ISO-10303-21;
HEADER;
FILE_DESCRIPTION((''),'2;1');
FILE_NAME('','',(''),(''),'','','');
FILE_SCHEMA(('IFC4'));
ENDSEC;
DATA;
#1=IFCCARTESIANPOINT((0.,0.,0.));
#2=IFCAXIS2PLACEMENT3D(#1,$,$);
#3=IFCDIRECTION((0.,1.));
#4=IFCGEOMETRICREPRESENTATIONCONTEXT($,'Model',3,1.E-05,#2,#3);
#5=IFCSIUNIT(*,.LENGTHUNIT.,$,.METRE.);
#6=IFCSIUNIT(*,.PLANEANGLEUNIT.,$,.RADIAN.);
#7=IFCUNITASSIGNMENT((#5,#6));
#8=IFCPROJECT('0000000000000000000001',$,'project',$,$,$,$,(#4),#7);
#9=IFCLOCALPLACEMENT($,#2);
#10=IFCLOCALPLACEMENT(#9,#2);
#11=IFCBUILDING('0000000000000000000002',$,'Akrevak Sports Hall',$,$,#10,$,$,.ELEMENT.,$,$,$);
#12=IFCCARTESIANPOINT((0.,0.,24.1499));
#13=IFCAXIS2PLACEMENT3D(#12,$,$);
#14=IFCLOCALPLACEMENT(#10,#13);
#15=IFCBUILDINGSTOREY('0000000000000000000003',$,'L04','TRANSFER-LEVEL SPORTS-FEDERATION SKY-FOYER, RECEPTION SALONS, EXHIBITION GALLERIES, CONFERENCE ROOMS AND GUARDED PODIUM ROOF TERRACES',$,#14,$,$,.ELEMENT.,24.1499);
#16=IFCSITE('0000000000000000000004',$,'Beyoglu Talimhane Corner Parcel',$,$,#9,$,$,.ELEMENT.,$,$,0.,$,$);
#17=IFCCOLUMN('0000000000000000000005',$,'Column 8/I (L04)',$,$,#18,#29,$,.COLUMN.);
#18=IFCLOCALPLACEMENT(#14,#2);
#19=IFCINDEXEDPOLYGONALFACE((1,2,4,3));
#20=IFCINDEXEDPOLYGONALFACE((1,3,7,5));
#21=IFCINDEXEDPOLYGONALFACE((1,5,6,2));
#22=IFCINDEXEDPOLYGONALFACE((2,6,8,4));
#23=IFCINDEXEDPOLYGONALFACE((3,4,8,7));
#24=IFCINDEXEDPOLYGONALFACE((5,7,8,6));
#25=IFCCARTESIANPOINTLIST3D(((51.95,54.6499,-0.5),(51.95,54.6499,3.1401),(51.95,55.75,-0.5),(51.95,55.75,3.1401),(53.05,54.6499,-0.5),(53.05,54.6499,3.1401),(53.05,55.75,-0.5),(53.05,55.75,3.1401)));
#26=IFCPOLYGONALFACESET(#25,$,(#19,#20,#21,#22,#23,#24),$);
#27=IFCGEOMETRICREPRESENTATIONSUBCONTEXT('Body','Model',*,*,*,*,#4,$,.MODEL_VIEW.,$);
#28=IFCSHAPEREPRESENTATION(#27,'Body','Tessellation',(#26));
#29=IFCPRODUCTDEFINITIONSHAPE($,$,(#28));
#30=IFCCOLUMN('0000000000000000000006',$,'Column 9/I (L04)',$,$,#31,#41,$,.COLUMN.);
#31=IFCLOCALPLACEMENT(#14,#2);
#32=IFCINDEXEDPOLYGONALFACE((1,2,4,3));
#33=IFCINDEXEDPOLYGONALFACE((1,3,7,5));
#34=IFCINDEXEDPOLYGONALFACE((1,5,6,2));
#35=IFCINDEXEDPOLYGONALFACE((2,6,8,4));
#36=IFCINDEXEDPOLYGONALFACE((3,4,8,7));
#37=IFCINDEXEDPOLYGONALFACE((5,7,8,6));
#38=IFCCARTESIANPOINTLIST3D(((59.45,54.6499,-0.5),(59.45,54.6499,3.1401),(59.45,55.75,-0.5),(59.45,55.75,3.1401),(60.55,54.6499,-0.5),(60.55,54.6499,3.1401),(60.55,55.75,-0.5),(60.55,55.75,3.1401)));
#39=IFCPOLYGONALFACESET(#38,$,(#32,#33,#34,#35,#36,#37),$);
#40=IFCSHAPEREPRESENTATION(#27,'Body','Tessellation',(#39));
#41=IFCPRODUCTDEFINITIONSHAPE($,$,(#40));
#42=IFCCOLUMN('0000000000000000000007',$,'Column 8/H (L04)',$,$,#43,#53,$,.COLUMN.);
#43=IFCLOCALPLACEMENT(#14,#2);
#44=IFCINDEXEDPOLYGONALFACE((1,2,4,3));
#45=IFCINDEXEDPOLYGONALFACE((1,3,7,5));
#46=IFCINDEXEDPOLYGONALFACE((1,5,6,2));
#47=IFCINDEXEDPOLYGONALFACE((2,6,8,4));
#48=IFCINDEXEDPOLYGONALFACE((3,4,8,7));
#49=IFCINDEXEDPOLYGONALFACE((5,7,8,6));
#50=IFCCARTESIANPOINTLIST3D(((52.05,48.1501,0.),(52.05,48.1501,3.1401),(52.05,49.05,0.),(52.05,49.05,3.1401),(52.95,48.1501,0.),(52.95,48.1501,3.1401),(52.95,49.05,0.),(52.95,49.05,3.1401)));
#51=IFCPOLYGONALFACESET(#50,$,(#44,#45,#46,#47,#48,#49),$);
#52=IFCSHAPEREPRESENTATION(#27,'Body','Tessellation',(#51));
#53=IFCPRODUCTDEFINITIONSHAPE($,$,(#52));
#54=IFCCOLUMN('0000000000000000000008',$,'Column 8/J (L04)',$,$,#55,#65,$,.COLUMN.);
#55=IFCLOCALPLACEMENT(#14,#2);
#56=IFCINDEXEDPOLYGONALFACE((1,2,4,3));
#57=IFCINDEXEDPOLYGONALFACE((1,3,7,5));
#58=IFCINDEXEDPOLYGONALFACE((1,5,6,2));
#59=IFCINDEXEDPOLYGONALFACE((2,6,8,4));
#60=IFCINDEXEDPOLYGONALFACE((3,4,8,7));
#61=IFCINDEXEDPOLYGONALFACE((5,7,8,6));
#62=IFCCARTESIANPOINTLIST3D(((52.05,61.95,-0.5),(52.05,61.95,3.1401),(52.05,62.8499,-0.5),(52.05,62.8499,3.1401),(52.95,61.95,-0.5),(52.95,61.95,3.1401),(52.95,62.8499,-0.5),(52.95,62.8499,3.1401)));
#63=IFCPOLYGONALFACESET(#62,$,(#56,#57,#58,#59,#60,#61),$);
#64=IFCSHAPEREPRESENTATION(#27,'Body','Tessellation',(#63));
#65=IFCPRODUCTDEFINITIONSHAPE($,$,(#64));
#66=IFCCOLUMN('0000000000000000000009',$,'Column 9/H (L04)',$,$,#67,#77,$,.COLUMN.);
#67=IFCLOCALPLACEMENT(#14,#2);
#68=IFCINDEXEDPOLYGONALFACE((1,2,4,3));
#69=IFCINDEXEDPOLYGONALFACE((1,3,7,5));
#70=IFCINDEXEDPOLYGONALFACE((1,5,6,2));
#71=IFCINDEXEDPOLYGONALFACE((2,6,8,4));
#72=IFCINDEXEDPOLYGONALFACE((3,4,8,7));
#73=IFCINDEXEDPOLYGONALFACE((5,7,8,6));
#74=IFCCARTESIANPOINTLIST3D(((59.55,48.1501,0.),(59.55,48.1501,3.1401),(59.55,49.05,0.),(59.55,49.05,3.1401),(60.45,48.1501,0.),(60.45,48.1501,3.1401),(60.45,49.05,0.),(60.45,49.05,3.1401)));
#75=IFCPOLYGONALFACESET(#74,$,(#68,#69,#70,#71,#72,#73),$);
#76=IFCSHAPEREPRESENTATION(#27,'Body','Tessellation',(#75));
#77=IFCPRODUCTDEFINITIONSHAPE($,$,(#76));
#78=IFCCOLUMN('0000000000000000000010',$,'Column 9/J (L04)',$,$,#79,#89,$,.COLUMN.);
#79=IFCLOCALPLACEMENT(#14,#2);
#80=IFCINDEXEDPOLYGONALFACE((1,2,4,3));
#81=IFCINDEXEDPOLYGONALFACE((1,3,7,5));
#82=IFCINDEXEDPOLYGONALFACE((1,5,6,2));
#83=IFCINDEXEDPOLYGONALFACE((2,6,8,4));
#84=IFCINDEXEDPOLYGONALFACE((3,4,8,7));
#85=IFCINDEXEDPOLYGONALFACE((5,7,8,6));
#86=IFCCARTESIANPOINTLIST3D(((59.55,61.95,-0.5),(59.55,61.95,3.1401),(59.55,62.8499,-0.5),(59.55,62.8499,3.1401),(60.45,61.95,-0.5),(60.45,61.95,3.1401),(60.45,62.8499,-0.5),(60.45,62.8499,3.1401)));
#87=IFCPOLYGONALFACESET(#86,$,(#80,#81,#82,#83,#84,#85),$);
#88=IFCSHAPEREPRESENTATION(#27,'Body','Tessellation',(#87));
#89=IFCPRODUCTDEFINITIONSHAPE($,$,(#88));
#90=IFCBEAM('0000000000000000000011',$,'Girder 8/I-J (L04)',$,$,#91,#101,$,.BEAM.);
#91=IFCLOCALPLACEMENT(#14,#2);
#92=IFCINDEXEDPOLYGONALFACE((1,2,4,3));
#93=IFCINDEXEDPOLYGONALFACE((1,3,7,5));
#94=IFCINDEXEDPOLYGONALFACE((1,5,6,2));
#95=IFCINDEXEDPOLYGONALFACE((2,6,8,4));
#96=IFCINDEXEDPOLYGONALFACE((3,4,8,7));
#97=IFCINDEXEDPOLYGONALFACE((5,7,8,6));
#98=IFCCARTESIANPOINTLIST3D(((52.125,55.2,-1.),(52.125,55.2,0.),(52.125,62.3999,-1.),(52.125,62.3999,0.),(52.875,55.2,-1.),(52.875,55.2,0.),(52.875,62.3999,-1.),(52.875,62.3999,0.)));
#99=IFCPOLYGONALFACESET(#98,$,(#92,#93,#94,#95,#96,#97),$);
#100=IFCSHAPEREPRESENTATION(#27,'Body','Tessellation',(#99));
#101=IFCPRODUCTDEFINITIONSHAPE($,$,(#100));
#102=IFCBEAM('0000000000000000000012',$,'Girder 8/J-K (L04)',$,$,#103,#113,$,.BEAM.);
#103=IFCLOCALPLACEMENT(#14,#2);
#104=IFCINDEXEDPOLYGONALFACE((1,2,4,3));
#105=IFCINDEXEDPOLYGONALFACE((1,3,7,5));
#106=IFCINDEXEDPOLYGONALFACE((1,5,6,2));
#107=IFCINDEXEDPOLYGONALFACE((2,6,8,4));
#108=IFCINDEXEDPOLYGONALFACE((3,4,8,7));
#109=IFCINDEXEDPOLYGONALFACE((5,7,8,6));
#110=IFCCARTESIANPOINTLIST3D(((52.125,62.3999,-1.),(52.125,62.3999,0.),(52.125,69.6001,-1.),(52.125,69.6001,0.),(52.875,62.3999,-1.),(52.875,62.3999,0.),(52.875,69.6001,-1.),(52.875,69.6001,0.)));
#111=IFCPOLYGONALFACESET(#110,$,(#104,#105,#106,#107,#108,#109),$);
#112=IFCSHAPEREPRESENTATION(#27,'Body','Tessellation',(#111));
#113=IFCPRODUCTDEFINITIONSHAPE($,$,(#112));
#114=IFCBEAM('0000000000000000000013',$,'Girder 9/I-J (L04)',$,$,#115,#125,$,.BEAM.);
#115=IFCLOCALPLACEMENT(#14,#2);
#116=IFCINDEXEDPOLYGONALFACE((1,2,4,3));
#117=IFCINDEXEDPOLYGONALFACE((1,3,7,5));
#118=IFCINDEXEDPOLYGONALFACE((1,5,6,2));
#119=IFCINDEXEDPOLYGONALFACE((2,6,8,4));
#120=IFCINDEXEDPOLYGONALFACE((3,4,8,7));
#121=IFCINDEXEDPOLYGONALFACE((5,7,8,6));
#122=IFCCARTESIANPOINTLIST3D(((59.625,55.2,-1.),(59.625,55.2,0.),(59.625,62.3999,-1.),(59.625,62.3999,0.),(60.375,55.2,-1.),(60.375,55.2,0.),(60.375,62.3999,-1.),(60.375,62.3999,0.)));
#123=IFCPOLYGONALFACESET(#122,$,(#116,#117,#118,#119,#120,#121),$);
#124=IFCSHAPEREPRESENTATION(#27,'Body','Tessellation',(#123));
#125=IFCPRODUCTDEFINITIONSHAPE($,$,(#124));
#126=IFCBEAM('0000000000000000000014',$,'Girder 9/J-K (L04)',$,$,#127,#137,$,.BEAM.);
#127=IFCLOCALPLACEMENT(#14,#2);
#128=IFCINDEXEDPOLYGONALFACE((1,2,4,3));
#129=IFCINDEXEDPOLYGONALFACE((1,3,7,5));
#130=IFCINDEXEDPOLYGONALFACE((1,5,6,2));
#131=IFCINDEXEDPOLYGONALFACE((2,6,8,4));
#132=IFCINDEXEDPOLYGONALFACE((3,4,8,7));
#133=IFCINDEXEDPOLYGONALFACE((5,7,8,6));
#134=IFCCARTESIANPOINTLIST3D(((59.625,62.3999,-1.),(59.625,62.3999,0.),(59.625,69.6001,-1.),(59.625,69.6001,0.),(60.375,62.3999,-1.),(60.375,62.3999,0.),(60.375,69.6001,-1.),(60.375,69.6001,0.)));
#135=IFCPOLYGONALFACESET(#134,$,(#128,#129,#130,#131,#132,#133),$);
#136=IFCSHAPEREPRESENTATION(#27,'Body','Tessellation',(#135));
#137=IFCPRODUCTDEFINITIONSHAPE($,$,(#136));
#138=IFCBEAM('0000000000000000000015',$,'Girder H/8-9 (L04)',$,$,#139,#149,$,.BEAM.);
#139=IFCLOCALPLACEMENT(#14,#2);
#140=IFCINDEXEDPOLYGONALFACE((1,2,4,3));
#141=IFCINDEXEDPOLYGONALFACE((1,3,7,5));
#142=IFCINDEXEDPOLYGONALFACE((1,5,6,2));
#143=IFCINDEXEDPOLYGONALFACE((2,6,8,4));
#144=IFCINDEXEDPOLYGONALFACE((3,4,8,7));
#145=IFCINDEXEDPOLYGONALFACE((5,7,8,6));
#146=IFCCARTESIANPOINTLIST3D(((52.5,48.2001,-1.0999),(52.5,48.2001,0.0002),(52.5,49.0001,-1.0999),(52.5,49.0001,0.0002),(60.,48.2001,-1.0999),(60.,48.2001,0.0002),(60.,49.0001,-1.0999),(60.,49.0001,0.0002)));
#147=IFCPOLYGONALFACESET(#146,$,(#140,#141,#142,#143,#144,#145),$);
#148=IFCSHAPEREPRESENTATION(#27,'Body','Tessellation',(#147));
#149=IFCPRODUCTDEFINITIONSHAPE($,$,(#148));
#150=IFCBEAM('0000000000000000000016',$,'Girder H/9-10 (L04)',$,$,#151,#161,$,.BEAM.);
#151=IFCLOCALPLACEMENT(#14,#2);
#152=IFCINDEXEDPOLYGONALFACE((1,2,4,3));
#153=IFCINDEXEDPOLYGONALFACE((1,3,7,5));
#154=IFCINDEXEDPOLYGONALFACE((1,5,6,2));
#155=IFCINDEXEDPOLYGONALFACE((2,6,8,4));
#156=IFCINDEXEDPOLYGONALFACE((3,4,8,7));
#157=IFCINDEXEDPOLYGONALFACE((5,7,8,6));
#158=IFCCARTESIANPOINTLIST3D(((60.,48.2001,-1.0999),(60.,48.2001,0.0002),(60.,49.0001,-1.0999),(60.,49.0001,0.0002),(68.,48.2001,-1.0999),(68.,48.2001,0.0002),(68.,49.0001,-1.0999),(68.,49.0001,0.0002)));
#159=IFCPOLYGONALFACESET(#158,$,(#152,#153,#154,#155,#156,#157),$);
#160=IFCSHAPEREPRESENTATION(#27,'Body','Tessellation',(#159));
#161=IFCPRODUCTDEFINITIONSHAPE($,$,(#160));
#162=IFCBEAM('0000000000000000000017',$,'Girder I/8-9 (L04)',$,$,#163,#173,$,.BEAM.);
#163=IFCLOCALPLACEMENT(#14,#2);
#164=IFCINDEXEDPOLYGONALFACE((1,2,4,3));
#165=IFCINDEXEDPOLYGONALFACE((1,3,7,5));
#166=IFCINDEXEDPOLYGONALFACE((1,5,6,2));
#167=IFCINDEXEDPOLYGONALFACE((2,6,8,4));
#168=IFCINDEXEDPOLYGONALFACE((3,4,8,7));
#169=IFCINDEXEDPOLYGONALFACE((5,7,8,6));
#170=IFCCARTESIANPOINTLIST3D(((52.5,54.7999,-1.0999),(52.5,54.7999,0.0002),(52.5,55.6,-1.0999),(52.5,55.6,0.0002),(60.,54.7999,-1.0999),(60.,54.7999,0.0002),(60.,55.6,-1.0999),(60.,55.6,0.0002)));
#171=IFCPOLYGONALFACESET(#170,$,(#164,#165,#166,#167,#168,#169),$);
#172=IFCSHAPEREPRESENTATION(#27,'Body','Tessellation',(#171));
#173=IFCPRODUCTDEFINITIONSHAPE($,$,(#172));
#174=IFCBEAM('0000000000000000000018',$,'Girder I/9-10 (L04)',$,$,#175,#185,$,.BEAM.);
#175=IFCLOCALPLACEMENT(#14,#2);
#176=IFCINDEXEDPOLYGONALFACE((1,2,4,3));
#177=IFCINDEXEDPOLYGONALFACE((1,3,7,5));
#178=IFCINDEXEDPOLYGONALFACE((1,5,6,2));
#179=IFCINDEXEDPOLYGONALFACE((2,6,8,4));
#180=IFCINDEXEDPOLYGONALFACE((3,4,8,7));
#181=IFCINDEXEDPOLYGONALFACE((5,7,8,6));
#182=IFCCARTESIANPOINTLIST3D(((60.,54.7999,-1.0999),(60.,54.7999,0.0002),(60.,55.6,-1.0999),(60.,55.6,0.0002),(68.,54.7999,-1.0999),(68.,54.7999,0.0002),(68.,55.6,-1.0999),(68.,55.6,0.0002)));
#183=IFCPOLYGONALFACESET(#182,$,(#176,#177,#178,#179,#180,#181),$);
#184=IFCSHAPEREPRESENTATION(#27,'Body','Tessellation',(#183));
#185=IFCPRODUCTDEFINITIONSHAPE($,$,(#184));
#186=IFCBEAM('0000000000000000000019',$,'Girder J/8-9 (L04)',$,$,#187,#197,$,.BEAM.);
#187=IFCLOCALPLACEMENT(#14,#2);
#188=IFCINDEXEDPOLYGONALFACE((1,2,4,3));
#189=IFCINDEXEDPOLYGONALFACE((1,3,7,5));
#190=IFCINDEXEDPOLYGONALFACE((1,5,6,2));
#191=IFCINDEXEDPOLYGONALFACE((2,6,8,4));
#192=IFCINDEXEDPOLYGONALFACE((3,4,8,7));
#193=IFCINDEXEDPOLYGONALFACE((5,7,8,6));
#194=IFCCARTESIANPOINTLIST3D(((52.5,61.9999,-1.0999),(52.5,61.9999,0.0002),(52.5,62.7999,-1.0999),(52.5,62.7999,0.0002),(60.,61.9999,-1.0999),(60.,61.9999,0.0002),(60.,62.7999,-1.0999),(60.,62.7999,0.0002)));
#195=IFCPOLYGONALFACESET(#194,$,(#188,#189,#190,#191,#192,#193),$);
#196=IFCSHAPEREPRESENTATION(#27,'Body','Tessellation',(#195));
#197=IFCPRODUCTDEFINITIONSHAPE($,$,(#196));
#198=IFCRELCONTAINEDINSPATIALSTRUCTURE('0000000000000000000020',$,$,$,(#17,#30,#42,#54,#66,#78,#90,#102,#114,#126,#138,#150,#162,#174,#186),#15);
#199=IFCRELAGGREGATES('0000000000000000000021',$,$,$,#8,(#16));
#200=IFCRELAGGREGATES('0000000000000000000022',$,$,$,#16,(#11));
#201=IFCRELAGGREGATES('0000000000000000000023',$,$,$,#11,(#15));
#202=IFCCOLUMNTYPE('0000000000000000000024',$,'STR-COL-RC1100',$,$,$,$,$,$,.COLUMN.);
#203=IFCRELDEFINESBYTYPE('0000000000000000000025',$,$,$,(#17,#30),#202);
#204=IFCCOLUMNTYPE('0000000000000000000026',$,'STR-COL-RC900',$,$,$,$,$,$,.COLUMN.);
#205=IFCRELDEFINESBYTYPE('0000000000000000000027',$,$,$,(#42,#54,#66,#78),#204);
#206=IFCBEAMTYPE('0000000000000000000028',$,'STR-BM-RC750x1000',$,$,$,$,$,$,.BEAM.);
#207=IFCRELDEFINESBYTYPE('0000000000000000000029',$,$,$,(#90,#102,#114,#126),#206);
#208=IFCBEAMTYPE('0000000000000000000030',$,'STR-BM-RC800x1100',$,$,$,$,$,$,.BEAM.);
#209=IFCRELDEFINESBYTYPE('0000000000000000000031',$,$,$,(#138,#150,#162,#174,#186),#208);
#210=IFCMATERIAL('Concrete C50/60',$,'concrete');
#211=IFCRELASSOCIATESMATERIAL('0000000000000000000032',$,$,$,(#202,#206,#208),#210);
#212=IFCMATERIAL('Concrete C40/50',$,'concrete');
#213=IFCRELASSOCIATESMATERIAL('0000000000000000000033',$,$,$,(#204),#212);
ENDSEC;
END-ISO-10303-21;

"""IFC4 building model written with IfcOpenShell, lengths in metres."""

from ifc_helpers import new_model, si_unit, direction, frame, origin, origin_2d, place, context, subcontext, project, spatial, rectangle, extrude, material, material_profile, profile_set, type_object, element, save


model = new_model("IFC4")

# Units and contexts
model_context = context("Model", 3, precision=1e-05, world=origin(), true_north=direction((0.0, 1.0)))
body_context = subcontext(model_context, "Body", "Model", "MODEL_VIEW")
ifc_project = project(units=[si_unit("LENGTHUNIT", "METRE"), si_unit("PLANEANGLEUNIT", "RADIAN")], contexts=[model_context])

# Site, building, storey
site_placement = place(None, origin())
site = spatial("IfcSite", under=ifc_project, at=site_placement, Name="Beyoglu Talimhane Corner Parcel", CompositionType="ELEMENT", RefElevation=0.0)
building_placement = place(site_placement, origin())
building = spatial("IfcBuilding", under=site, at=building_placement, Name="Akrevak Sports Hall", CompositionType="ELEMENT")
storey_placement = place(building_placement, frame((0.0, 0.0, 24.1499)))
storey = spatial("IfcBuildingStorey", under=building, at=storey_placement, Name="L04", Description="TRANSFER-LEVEL SPORTS-FEDERATION SKY-FOYER, RECEPTION SALONS, EXHIBITION GALLERIES, CONFERENCE ROOMS AND GUARDED PODIUM ROOF TERRACES", CompositionType="ELEMENT", Elevation=24.1499)

# Columns
ifc_material_1 = material(Name="Concrete C50/60", Category="concrete")
ifc_material_profile_1 = material_profile(ifc_material_1, rectangle(XDim=1.1001, YDim=1.1001, at=origin_2d()), Name="RC 1100x1100", Category="concrete")
ifc_profile_set_1 = profile_set([ifc_material_profile_1], Name="Concrete C50/60")
column_type_1 = type_object("IfcColumnType", Name="STR-COL-RC1100", PredefinedType="COLUMN", material=ifc_profile_set_1)
for number, where, z_axis, x_axis, name in (
    (1, (52.5, 55.2, -0.5), (0.0, 0.0, 1.0), (1.0, 0.0, 0.0), "Column 8/I (L04)"),
    (2, (60.0, 55.2, -0.5), (0.0, 0.0, 1.0), (1.0, 0.0, 0.0), "Column 9/I (L04)"),
):
    element("IfcColumn", number, at=place(storey_placement, frame(where, z_axis=z_axis, x_axis=x_axis)), inside=storey, type_object=column_type_1, Name=name, PredefinedType="COLUMN", context=body_context, shape_type="SweptSolid", body=[
        extrude(rectangle(XDim=1.1001, YDim=1.1001, at=origin_2d()), origin(), (0.0, 0.0, 1.0), 3.6401),
    ])
ifc_material_2 = material(Name="Concrete C40/50", Category="concrete")
ifc_material_profile_2 = material_profile(ifc_material_2, rectangle(XDim=0.8999, YDim=0.8999, at=origin_2d()), Name="RC 900x900", Category="concrete")
ifc_profile_set_2 = profile_set([ifc_material_profile_2], Name="Concrete C40/50")
column_type_2 = type_object("IfcColumnType", Name="STR-COL-RC900", PredefinedType="COLUMN", material=ifc_profile_set_2)
column_1_placement = place(storey_placement, frame((52.5, 48.6001, 0.0), z_axis=(0.0, 0.0, 1.0), x_axis=(1.0, 0.0, 0.0)))
element("IfcColumn", 3, at=column_1_placement, inside=storey, type_object=column_type_2, Name="Column 8/H (L04)", PredefinedType="COLUMN", context=body_context, shape_type="SweptSolid", body=[
    extrude(rectangle(XDim=0.8999, YDim=0.8999, at=origin_2d()), origin(), (0.0, 0.0, 1.0), 3.1401),
])
column_2_placement = place(storey_placement, frame((52.5, 62.3999, -0.5), z_axis=(0.0, 0.0, 1.0), x_axis=(1.0, 0.0, 0.0)))
element("IfcColumn", 4, at=column_2_placement, inside=storey, type_object=column_type_2, Name="Column 8/J (L04)", PredefinedType="COLUMN", context=body_context, shape_type="SweptSolid", body=[
    extrude(rectangle(XDim=0.8999, YDim=0.8999, at=origin_2d()), origin(), (0.0, 0.0, 1.0), 3.6401),
])
column_3_placement = place(storey_placement, frame((60.0, 48.6001, 0.0), z_axis=(0.0, 0.0, 1.0), x_axis=(1.0, 0.0, 0.0)))
element("IfcColumn", 5, at=column_3_placement, inside=storey, type_object=column_type_2, Name="Column 9/H (L04)", PredefinedType="COLUMN", context=body_context, shape_type="SweptSolid", body=[
    extrude(rectangle(XDim=0.8999, YDim=0.8999, at=origin_2d()), origin(), (0.0, 0.0, 1.0), 3.1401),
])
column_4_placement = place(storey_placement, frame((60.0, 62.3999, -0.5), z_axis=(0.0, 0.0, 1.0), x_axis=(1.0, 0.0, 0.0)))
element("IfcColumn", 6, at=column_4_placement, inside=storey, type_object=column_type_2, Name="Column 9/J (L04)", PredefinedType="COLUMN", context=body_context, shape_type="SweptSolid", body=[
    extrude(rectangle(XDim=0.8999, YDim=0.8999, at=origin_2d()), origin(), (0.0, 0.0, 1.0), 3.6401),
])

# Beams
ifc_material_profile_3 = material_profile(ifc_material_1, rectangle(XDim=0.75, YDim=1.0, at=origin_2d()), Name="BM 750x1000", Category="concrete")
ifc_profile_set_3 = profile_set([ifc_material_profile_3], Name="Concrete C50/60")
beam_type_1 = type_object("IfcBeamType", Name="STR-BM-RC750x1000", PredefinedType="BEAM", material=ifc_profile_set_3)
beam_1_placement = place(storey_placement, frame((52.5, 55.2, -0.5), z_axis=(0.0, 1.0, 0.0), x_axis=(-1.0, 0.0, 0.0)))
element("IfcBeam", 7, at=beam_1_placement, inside=storey, type_object=beam_type_1, Name="Girder 8/I-J (L04)", PredefinedType="BEAM", context=body_context, shape_type="SweptSolid", body=[
    extrude(rectangle(XDim=0.75, YDim=1.0, at=origin_2d()), origin(), (0.0, 0.0, 1.0), 7.2),
])
beam_2_placement = place(storey_placement, frame((52.5, 62.3999, -0.5), z_axis=(0.0, 1.0, 0.0), x_axis=(-1.0, 0.0, 0.0)))
element("IfcBeam", 8, at=beam_2_placement, inside=storey, type_object=beam_type_1, Name="Girder 8/J-K (L04)", PredefinedType="BEAM", context=body_context, shape_type="SweptSolid", body=[
    extrude(rectangle(XDim=0.75, YDim=1.0, at=origin_2d()), origin(), (0.0, 0.0, 1.0), 7.2002),
])
beam_3_placement = place(storey_placement, frame((60.0, 55.2, -0.5), z_axis=(0.0, 1.0, 0.0), x_axis=(-1.0, 0.0, 0.0)))
element("IfcBeam", 9, at=beam_3_placement, inside=storey, type_object=beam_type_1, Name="Girder 9/I-J (L04)", PredefinedType="BEAM", context=body_context, shape_type="SweptSolid", body=[
    extrude(rectangle(XDim=0.75, YDim=1.0, at=origin_2d()), origin(), (0.0, 0.0, 1.0), 7.2),
])
beam_4_placement = place(storey_placement, frame((60.0, 62.3999, -0.5), z_axis=(0.0, 1.0, 0.0), x_axis=(-1.0, 0.0, 0.0)))
element("IfcBeam", 10, at=beam_4_placement, inside=storey, type_object=beam_type_1, Name="Girder 9/J-K (L04)", PredefinedType="BEAM", context=body_context, shape_type="SweptSolid", body=[
    extrude(rectangle(XDim=0.75, YDim=1.0, at=origin_2d()), origin(), (0.0, 0.0, 1.0), 7.2002),
])
ifc_material_profile_4 = material_profile(ifc_material_1, rectangle(XDim=0.8, YDim=1.1001, at=origin_2d()), Name="BM 800x1100", Category="concrete")
ifc_profile_set_4 = profile_set([ifc_material_profile_4], Name="Concrete C50/60")
beam_type_2 = type_object("IfcBeamType", Name="STR-BM-RC800x1100", PredefinedType="BEAM", material=ifc_profile_set_4)
beam_5_placement = place(storey_placement, frame((52.5, 48.6001, -0.5498), z_axis=(1.0, 0.0, 0.0), x_axis=(0.0, 1.0, 0.0)))
element("IfcBeam", 11, at=beam_5_placement, inside=storey, type_object=beam_type_2, Name="Girder H/8-9 (L04)", PredefinedType="BEAM", context=body_context, shape_type="SweptSolid", body=[
    extrude(rectangle(XDim=0.8, YDim=1.1001, at=origin_2d()), origin(), (0.0, 0.0, 1.0), 7.5),
])
beam_6_placement = place(storey_placement, frame((60.0, 48.6001, -0.5498), z_axis=(1.0, 0.0, 0.0), x_axis=(0.0, 1.0, 0.0)))
element("IfcBeam", 12, at=beam_6_placement, inside=storey, type_object=beam_type_2, Name="Girder H/9-10 (L04)", PredefinedType="BEAM", context=body_context, shape_type="SweptSolid", body=[
    extrude(rectangle(XDim=0.8, YDim=1.1001, at=origin_2d()), origin(), (0.0, 0.0, 1.0), 8.0),
])
beam_7_placement = place(storey_placement, frame((52.5, 55.2, -0.5498), z_axis=(1.0, 0.0, 0.0), x_axis=(0.0, 1.0, 0.0)))
element("IfcBeam", 13, at=beam_7_placement, inside=storey, type_object=beam_type_2, Name="Girder I/8-9 (L04)", PredefinedType="BEAM", context=body_context, shape_type="SweptSolid", body=[
    extrude(rectangle(XDim=0.8, YDim=1.1001, at=origin_2d()), origin(), (0.0, 0.0, 1.0), 7.5),
])
beam_8_placement = place(storey_placement, frame((60.0, 55.2, -0.5498), z_axis=(1.0, 0.0, 0.0), x_axis=(0.0, 1.0, 0.0)))
element("IfcBeam", 14, at=beam_8_placement, inside=storey, type_object=beam_type_2, Name="Girder I/9-10 (L04)", PredefinedType="BEAM", context=body_context, shape_type="SweptSolid", body=[
    extrude(rectangle(XDim=0.8, YDim=1.1001, at=origin_2d()), origin(), (0.0, 0.0, 1.0), 8.0),
])
beam_9_placement = place(storey_placement, frame((52.5, 62.3999, -0.5498), z_axis=(1.0, 0.0, 0.0), x_axis=(0.0, 1.0, 0.0)))
element("IfcBeam", 15, at=beam_9_placement, inside=storey, type_object=beam_type_2, Name="Girder J/8-9 (L04)", PredefinedType="BEAM", context=body_context, shape_type="SweptSolid", body=[
    extrude(rectangle(XDim=0.8, YDim=1.1001, at=origin_2d()), origin(), (0.0, 0.0, 1.0), 7.5),
])

save(model, "model.ifc")
